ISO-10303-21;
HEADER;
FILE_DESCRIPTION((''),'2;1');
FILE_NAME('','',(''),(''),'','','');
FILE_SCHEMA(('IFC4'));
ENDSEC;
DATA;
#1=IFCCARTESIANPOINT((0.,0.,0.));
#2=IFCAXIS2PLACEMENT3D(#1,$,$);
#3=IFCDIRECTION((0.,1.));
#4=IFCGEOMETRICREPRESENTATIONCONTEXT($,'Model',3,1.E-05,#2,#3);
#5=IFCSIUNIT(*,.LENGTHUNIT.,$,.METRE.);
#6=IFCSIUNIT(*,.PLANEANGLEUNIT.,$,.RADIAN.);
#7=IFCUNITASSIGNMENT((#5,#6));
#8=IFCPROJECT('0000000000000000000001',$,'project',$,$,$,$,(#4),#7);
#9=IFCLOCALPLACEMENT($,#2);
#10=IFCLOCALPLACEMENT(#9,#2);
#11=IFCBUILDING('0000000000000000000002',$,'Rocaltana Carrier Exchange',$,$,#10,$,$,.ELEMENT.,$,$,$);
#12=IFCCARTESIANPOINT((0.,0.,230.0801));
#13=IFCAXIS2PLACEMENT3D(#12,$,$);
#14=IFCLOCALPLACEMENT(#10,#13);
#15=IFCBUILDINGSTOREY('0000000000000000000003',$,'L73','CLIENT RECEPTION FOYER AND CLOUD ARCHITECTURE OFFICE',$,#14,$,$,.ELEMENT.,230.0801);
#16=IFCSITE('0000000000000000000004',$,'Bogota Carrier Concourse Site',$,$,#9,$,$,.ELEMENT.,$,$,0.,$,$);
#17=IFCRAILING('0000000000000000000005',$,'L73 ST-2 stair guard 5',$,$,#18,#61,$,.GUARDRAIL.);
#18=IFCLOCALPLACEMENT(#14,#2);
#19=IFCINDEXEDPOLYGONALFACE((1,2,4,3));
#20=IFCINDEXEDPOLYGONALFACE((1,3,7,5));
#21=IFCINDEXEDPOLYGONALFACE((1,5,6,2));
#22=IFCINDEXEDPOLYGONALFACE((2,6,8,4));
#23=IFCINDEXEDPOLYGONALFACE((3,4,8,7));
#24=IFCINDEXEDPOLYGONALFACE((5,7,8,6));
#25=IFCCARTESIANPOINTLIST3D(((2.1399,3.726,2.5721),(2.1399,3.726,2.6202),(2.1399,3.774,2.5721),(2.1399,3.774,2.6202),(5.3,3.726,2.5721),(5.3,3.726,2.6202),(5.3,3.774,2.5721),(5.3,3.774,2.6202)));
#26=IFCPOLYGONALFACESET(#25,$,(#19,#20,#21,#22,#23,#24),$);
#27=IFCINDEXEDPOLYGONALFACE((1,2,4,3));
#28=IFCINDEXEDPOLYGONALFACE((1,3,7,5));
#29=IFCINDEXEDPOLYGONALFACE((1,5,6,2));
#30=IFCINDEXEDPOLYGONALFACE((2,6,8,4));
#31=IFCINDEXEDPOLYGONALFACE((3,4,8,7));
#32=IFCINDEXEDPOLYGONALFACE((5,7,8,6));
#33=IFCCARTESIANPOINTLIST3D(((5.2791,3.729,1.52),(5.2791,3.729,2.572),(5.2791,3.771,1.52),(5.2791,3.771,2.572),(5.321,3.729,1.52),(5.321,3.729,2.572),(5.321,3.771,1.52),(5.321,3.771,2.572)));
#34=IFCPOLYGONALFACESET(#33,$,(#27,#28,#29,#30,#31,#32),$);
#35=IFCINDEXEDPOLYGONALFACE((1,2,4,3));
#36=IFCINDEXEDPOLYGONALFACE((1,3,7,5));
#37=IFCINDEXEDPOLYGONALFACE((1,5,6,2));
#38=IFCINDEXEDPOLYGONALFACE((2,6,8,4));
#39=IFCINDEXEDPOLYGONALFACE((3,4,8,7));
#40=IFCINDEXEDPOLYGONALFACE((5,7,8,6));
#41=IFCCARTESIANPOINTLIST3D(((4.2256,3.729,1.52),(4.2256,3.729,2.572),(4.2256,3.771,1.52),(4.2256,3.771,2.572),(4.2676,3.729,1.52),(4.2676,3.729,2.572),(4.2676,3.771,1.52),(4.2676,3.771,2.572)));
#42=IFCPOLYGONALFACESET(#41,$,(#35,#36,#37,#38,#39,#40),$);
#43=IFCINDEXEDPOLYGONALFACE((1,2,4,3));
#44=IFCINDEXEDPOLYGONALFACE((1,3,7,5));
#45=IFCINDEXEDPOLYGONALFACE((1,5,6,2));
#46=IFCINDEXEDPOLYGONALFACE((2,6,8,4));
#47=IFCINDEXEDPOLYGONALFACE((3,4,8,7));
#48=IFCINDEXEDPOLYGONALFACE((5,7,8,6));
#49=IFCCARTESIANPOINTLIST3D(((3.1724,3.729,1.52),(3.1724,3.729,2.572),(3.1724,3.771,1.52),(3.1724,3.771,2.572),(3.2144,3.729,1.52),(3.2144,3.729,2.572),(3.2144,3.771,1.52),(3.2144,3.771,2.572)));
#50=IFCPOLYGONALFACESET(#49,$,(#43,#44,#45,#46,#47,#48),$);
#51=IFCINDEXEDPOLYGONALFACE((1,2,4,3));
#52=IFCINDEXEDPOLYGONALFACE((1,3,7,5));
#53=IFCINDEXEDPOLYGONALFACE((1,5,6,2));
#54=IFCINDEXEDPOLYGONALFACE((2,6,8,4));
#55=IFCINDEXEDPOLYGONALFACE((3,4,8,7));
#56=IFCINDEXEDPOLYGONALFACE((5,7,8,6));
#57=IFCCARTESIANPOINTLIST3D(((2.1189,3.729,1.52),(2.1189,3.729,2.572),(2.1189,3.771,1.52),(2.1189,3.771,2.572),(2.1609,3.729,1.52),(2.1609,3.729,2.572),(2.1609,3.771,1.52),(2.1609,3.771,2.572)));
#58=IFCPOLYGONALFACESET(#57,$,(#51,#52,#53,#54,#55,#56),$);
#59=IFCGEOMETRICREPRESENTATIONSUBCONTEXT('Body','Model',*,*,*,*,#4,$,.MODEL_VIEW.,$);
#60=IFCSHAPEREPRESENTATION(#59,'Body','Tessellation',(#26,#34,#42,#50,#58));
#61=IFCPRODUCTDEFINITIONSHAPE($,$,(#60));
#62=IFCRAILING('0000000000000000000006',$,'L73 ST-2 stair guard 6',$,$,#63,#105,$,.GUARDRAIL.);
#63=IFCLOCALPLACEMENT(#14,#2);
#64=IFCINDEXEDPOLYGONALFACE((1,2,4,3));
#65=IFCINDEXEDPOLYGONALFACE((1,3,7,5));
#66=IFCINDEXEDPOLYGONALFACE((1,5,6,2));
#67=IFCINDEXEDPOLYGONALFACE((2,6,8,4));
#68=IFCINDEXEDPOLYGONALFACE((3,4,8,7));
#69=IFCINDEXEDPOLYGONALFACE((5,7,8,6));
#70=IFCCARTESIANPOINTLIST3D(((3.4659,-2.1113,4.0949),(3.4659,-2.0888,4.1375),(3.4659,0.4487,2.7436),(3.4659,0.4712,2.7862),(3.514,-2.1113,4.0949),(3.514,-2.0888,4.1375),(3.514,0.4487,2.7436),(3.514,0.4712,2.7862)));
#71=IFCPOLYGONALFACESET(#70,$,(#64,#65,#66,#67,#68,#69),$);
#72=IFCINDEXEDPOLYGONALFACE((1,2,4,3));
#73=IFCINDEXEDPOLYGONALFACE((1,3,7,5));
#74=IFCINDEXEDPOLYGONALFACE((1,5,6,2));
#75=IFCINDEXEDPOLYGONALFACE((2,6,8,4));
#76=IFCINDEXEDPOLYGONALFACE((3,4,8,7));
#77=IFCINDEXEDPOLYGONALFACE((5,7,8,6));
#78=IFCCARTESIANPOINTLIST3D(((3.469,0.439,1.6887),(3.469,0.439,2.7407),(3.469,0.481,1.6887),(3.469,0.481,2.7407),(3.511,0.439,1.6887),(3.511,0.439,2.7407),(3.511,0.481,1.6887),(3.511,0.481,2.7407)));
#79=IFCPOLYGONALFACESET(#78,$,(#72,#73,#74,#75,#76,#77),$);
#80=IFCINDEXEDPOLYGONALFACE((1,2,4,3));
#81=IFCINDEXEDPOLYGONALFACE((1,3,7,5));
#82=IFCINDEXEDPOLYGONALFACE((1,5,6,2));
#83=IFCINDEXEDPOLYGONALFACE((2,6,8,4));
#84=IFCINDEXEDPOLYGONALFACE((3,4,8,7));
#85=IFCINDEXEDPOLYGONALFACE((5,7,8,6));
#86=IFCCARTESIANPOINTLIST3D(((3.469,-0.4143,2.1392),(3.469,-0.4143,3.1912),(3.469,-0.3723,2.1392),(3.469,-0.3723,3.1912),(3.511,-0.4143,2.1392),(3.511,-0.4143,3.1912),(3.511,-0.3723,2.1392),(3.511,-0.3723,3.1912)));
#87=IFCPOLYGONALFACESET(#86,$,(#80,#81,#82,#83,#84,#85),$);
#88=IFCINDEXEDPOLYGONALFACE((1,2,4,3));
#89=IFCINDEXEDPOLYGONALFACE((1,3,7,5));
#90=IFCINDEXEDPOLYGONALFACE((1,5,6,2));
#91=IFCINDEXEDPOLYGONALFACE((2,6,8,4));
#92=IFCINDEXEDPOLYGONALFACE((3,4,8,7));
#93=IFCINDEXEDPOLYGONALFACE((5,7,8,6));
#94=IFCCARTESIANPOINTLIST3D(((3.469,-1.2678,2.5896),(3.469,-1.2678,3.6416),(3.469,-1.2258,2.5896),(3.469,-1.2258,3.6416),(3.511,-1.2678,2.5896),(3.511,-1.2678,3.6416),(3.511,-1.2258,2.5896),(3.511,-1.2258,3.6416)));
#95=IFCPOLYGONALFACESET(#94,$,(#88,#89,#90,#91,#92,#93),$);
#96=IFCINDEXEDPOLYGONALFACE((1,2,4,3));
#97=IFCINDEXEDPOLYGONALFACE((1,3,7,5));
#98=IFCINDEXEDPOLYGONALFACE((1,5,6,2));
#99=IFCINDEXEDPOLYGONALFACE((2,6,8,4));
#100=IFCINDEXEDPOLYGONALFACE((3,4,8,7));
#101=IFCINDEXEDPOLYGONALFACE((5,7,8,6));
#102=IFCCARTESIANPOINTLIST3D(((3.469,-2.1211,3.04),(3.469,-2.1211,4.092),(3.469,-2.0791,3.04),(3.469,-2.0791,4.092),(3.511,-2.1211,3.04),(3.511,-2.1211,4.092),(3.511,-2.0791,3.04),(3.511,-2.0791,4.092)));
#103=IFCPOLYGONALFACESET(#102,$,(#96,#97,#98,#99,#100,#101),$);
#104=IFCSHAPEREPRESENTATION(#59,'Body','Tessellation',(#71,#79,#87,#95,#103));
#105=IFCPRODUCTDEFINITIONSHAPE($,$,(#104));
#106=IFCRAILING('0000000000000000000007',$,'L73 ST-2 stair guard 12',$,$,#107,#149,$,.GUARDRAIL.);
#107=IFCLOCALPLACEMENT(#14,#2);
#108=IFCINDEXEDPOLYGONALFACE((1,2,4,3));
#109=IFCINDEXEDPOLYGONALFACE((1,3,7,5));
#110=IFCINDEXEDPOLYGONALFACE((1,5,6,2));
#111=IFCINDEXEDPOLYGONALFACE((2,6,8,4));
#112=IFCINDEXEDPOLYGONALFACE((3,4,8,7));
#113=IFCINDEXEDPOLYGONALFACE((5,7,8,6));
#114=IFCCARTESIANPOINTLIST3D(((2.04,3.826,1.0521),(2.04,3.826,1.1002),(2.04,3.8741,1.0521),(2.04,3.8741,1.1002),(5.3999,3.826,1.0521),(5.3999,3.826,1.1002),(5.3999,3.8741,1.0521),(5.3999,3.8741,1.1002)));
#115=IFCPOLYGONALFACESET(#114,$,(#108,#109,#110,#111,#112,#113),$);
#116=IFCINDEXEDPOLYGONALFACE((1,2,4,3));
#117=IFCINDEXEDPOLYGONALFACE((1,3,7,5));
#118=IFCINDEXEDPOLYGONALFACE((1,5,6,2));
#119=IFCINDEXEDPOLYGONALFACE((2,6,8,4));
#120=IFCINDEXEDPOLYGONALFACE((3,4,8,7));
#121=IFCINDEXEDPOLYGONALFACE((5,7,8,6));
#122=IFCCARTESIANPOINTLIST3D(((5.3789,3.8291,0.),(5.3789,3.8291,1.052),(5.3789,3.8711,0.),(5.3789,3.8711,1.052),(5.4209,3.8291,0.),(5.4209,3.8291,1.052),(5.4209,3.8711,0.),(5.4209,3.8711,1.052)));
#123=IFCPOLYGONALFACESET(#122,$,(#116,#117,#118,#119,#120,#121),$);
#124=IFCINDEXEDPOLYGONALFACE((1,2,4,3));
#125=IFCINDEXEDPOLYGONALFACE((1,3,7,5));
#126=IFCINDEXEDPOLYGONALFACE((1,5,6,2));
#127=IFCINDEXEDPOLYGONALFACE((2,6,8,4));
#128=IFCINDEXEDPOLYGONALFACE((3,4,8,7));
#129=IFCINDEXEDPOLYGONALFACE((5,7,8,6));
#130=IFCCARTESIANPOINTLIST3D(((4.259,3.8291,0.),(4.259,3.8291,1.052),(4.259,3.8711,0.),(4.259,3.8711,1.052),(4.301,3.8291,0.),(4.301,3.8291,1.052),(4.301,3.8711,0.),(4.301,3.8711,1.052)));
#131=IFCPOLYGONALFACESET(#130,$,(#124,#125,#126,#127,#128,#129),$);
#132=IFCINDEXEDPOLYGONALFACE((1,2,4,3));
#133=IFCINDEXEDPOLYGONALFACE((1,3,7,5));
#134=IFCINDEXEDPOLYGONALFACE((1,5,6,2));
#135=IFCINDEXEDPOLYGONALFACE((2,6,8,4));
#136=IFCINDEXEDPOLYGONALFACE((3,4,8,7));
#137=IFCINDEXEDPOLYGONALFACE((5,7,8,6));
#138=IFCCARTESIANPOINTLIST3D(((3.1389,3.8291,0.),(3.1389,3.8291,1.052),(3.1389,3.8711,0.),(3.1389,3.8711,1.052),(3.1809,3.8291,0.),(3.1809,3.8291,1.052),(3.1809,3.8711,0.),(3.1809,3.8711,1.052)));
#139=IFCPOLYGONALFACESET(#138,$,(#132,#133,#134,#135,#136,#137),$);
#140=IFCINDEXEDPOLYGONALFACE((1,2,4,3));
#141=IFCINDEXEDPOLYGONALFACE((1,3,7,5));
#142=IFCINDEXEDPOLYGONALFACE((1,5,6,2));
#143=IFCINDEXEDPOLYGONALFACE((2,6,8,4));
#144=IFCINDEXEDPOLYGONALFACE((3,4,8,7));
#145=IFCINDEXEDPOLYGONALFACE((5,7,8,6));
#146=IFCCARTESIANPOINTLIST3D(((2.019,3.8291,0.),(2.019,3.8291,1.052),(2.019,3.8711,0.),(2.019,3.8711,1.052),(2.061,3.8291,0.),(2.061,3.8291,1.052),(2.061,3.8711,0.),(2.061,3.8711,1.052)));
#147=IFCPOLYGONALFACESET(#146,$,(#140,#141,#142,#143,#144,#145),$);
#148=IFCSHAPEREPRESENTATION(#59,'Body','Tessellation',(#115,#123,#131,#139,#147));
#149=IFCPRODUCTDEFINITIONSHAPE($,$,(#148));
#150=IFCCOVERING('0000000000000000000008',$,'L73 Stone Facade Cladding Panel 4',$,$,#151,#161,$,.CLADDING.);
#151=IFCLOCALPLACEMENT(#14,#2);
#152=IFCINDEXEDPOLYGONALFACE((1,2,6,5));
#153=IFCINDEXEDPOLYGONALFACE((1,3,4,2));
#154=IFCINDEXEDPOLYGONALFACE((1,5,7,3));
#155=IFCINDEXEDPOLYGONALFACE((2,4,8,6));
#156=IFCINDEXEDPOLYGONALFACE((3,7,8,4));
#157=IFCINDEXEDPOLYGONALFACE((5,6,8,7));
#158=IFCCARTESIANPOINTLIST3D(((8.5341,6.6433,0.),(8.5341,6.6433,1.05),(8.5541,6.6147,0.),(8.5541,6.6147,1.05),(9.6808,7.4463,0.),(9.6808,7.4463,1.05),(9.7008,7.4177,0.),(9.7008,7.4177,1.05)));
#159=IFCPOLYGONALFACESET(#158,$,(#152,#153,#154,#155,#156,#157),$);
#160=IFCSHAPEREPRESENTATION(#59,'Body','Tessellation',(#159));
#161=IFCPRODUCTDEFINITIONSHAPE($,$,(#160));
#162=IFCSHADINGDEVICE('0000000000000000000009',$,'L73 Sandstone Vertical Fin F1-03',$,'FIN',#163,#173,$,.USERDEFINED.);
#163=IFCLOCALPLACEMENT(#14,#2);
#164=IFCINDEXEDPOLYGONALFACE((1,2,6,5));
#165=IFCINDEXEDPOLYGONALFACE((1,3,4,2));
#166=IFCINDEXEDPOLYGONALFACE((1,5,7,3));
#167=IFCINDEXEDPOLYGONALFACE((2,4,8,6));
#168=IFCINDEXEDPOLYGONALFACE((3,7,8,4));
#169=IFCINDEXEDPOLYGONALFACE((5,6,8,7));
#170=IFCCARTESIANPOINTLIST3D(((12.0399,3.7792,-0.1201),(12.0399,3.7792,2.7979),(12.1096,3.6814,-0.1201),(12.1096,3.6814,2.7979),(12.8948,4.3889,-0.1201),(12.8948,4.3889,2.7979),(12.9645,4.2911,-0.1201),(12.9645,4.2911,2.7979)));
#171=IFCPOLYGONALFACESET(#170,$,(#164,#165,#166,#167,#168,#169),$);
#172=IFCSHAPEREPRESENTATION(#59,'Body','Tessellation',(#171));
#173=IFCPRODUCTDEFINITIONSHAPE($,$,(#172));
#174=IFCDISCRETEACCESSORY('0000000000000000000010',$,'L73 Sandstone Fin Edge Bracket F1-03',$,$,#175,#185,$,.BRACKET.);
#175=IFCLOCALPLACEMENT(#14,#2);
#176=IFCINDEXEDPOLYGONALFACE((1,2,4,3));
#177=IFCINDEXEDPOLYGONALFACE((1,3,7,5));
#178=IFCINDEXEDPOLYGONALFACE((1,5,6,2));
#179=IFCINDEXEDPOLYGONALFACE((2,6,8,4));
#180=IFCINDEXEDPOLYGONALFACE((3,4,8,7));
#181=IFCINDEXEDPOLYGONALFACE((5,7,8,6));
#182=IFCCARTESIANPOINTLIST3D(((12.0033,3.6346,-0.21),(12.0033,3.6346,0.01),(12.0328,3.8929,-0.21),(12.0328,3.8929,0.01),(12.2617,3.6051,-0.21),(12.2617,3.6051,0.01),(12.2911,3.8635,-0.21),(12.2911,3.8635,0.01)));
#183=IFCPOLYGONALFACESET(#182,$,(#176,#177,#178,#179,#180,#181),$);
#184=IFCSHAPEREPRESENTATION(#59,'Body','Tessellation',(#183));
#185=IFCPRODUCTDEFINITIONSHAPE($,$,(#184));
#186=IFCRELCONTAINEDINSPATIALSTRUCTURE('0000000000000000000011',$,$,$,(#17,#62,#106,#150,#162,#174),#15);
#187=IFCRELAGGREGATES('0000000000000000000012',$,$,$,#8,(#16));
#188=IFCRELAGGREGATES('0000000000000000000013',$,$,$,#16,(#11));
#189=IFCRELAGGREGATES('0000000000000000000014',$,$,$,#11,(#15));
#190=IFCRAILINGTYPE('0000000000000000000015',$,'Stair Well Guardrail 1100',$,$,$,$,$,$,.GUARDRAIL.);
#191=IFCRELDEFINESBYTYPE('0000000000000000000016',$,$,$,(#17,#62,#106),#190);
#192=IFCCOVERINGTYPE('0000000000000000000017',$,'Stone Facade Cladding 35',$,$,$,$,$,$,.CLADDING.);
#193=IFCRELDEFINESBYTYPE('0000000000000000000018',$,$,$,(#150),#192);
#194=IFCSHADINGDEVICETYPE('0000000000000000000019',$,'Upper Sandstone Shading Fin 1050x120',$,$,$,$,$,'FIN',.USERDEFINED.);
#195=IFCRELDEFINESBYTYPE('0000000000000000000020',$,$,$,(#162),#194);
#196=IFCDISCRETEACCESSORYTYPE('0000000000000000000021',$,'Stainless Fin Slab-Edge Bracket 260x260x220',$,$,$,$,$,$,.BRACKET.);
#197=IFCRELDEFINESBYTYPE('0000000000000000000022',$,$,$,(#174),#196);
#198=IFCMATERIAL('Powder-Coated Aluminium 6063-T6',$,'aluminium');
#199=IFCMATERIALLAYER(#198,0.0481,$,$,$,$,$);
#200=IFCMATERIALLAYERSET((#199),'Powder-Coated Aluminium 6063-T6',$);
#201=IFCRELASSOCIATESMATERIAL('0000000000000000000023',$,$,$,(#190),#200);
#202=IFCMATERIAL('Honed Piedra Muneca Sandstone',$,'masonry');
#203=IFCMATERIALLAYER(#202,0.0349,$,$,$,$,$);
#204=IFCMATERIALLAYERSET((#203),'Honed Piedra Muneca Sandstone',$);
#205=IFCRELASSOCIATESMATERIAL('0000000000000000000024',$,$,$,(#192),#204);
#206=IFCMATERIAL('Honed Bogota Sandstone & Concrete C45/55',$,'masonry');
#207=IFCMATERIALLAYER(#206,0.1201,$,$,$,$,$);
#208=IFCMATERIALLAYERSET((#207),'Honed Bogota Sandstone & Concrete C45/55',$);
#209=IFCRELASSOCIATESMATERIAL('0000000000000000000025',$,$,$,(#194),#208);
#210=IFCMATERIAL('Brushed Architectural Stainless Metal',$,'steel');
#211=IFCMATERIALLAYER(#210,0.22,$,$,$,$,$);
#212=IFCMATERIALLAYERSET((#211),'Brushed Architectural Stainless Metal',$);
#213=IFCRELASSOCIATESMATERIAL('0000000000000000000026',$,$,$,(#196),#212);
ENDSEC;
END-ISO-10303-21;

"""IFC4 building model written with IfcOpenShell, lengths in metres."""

from ifc_helpers import new_model, si_unit, direction, frame, origin, origin_2d, place, context, subcontext, project, spatial, rectangle, extrude, material, layer, layer_set, type_object, element, save


model = new_model("IFC4")

# Units and contexts
model_context = context("Model", 3, precision=1e-05, world=origin(), true_north=direction((0.0, 1.0)))
body_context = subcontext(model_context, "Body", "Model", "MODEL_VIEW")
ifc_project = project(units=[si_unit("LENGTHUNIT", "METRE"), si_unit("PLANEANGLEUNIT", "RADIAN")], contexts=[model_context])

# Site, building, storey
site_placement = place(None, origin())
site = spatial("IfcSite", under=ifc_project, at=site_placement, Name="Bogota Carrier Concourse Site", CompositionType="ELEMENT", RefElevation=0.0)
building_placement = place(site_placement, origin())
building = spatial("IfcBuilding", under=site, at=building_placement, Name="Rocaltana Carrier Exchange", CompositionType="ELEMENT")
storey_placement = place(building_placement, frame((0.0, 0.0, 230.0801)))
storey = spatial("IfcBuildingStorey", under=building, at=storey_placement, Name="L73", Description="CLIENT RECEPTION FOYER AND CLOUD ARCHITECTURE OFFICE", CompositionType="ELEMENT", Elevation=230.0801)

# Railings
ifc_material_1 = material(Name="Powder-Coated Aluminium 6063-T6", Category="aluminium")
ifc_layer_1 = layer(ifc_material_1, 0.0481)
ifc_layer_set_1 = layer_set([ifc_layer_1], Name="Powder-Coated Aluminium 6063-T6")
railing_type_1 = type_object("IfcRailingType", Name="Stair Well Guardrail 1100", PredefinedType="GUARDRAIL", material=ifc_layer_set_1)
railing_1_placement = place(storey_placement, frame((5.3, 3.75, 1.52)))
element("IfcRailing", 1, at=railing_1_placement, inside=storey, type_object=railing_type_1, Name="L73 ST-2 stair guard 5", PredefinedType="GUARDRAIL", context=body_context, shape_type="SweptSolid", body=[
    extrude(rectangle(XDim=0.0481, YDim=0.0481, at=origin_2d()), frame((0.0, 0.0, 1.0762), z_axis=(-1.0, 0.0, 0.0), x_axis=(0.0, -1.0, 0.0)), (0.0, 0.0, 1.0), 3.1602),
    extrude(rectangle(XDim=0.042, YDim=0.042, at=origin_2d()), origin(), (0.0, 0.0, 1.0), 1.052),
    extrude(rectangle(XDim=0.042, YDim=0.042, at=origin_2d()), frame((-1.0535, 0.0, 0.0)), (0.0, 0.0, 1.0), 1.052),
    extrude(rectangle(XDim=0.042, YDim=0.042, at=origin_2d()), frame((-2.1067, 0.0, 0.0)), (0.0, 0.0, 1.0), 1.052),
    extrude(rectangle(XDim=0.042, YDim=0.042, at=origin_2d()), frame((-3.1602, 0.0, 0.0)), (0.0, 0.0, 1.0), 1.052),
])
railing_2_placement = place(storey_placement, frame((3.49, 0.46, 1.6887)))
element("IfcRailing", 2, at=railing_2_placement, inside=storey, type_object=railing_type_1, Name="L73 ST-2 stair guard 6", PredefinedType="GUARDRAIL", context=body_context, shape_type="SweptSolid", body=[
    extrude(rectangle(XDim=0.0481, YDim=0.0481, at=origin_2d()), frame((0.0, 0.0, 1.0762), z_axis=(0.0, -0.88436, 0.466806), x_axis=(1.0, 0.0, 0.0)), (0.0, 0.0, 1.0), 2.8948),
    extrude(rectangle(XDim=0.042, YDim=0.042, at=origin_2d()), origin(), (0.0, 0.0, 1.0), 1.052),
    extrude(rectangle(XDim=0.042, YDim=0.042, at=origin_2d()), frame((0.0, -0.8533, 0.4504)), (0.0, 0.0, 1.0), 1.052),
    extrude(rectangle(XDim=0.042, YDim=0.042, at=origin_2d()), frame((0.0, -1.7068, 0.9009)), (0.0, 0.0, 1.0), 1.052),
    extrude(rectangle(XDim=0.042, YDim=0.042, at=origin_2d()), frame((0.0, -2.5601, 1.3513)), (0.0, 0.0, 1.0), 1.052),
])
railing_3_placement = place(storey_placement, frame((5.3999, 3.8501, 0.0)))
element("IfcRailing", 3, at=railing_3_placement, inside=storey, type_object=railing_type_1, Name="L73 ST-2 stair guard 12", PredefinedType="GUARDRAIL", context=body_context, shape_type="SweptSolid", body=[
    extrude(rectangle(XDim=0.0481, YDim=0.0481, at=origin_2d()), frame((0.0, 0.0, 1.0762), z_axis=(-1.0, 0.0, 0.0), x_axis=(0.0, -1.0, 0.0)), (0.0, 0.0, 1.0), 3.3599),
    extrude(rectangle(XDim=0.042, YDim=0.042, at=origin_2d()), origin(), (0.0, 0.0, 1.0), 1.052),
    extrude(rectangle(XDim=0.042, YDim=0.042, at=origin_2d()), frame((-1.1199, 0.0, 0.0)), (0.0, 0.0, 1.0), 1.052),
    extrude(rectangle(XDim=0.042, YDim=0.042, at=origin_2d()), frame((-2.24, 0.0, 0.0)), (0.0, 0.0, 1.0), 1.052),
    extrude(rectangle(XDim=0.042, YDim=0.042, at=origin_2d()), frame((-3.3599, 0.0, 0.0)), (0.0, 0.0, 1.0), 1.052),
])

# Covering
ifc_material_2 = material(Name="Honed Piedra Muneca Sandstone", Category="masonry")
ifc_layer_2 = layer(ifc_material_2, 0.0349)
ifc_layer_set_2 = layer_set([ifc_layer_2], Name="Honed Piedra Muneca Sandstone")
covering_type = type_object("IfcCoveringType", Name="Stone Facade Cladding 35", PredefinedType="CLADDING", material=ifc_layer_set_2)
covering_placement = place(storey_placement, frame((9.1174, 7.0305, 0.0), z_axis=(0.0, 0.0, 1.0), x_axis=(0.819152, 0.573576, 0.0)))
element("IfcCovering", 4, at=covering_placement, inside=storey, type_object=covering_type, Name="L73 Stone Facade Cladding Panel 4", PredefinedType="CLADDING", context=body_context, shape_type="SweptSolid", body=[
    extrude(rectangle(XDim=1.3999, YDim=0.0349, at=origin_2d()), origin(), (0.0, 0.0, 1.0), 1.05),
])

# Shading device
ifc_material_3 = material(Name="Honed Bogota Sandstone & Concrete C45/55", Category="masonry")
ifc_layer_3 = layer(ifc_material_3, 0.1201)
ifc_layer_set_3 = layer_set([ifc_layer_3], Name="Honed Bogota Sandstone & Concrete C45/55")
shading_device_type = type_object("IfcShadingDeviceType", Name="Upper Sandstone Shading Fin 1050x120", ElementType="FIN", PredefinedType="USERDEFINED", material=ifc_layer_set_3)
shading_device_placement = place(storey_placement, frame((12.5022, 4.0352, -0.1201), z_axis=(0.0, 0.0, 1.0), x_axis=(0.814116, 0.580703, 0.0)))
element("IfcShadingDevice", 5, at=shading_device_placement, inside=storey, type_object=shading_device_type, Name="L73 Sandstone Vertical Fin F1-03", ObjectType="FIN", PredefinedType="USERDEFINED", context=body_context, shape_type="SweptSolid", body=[
    extrude(rectangle(XDim=1.05, YDim=0.1201, at=origin_2d()), origin(), (0.0, 0.0, 1.0), 2.918),
])

# Discrete accessory
ifc_material_4 = material(Name="Brushed Architectural Stainless Metal", Category="steel")
ifc_layer_4 = layer(ifc_material_4, 0.22)
ifc_layer_set_4 = layer_set([ifc_layer_4], Name="Brushed Architectural Stainless Metal")
discrete_accessory_type = type_object("IfcDiscreteAccessoryType", Name="Stainless Fin Slab-Edge Bracket 260x260x220", PredefinedType="BRACKET", material=ifc_layer_set_4)
discrete_accessory_placement = place(storey_placement, frame((12.1472, 3.749, -0.21), z_axis=(0.0, 0.0, 1.0), x_axis=(0.113203, 0.993572, 0.0)))
element("IfcDiscreteAccessory", 6, at=discrete_accessory_placement, inside=storey, type_object=discrete_accessory_type, Name="L73 Sandstone Fin Edge Bracket F1-03", PredefinedType="BRACKET", context=body_context, shape_type="SweptSolid", body=[
    extrude(rectangle(XDim=0.26, YDim=0.26, at=origin_2d()), origin(), (0.0, 0.0, 1.0), 0.22),
])

save(model, "model.ifc")
